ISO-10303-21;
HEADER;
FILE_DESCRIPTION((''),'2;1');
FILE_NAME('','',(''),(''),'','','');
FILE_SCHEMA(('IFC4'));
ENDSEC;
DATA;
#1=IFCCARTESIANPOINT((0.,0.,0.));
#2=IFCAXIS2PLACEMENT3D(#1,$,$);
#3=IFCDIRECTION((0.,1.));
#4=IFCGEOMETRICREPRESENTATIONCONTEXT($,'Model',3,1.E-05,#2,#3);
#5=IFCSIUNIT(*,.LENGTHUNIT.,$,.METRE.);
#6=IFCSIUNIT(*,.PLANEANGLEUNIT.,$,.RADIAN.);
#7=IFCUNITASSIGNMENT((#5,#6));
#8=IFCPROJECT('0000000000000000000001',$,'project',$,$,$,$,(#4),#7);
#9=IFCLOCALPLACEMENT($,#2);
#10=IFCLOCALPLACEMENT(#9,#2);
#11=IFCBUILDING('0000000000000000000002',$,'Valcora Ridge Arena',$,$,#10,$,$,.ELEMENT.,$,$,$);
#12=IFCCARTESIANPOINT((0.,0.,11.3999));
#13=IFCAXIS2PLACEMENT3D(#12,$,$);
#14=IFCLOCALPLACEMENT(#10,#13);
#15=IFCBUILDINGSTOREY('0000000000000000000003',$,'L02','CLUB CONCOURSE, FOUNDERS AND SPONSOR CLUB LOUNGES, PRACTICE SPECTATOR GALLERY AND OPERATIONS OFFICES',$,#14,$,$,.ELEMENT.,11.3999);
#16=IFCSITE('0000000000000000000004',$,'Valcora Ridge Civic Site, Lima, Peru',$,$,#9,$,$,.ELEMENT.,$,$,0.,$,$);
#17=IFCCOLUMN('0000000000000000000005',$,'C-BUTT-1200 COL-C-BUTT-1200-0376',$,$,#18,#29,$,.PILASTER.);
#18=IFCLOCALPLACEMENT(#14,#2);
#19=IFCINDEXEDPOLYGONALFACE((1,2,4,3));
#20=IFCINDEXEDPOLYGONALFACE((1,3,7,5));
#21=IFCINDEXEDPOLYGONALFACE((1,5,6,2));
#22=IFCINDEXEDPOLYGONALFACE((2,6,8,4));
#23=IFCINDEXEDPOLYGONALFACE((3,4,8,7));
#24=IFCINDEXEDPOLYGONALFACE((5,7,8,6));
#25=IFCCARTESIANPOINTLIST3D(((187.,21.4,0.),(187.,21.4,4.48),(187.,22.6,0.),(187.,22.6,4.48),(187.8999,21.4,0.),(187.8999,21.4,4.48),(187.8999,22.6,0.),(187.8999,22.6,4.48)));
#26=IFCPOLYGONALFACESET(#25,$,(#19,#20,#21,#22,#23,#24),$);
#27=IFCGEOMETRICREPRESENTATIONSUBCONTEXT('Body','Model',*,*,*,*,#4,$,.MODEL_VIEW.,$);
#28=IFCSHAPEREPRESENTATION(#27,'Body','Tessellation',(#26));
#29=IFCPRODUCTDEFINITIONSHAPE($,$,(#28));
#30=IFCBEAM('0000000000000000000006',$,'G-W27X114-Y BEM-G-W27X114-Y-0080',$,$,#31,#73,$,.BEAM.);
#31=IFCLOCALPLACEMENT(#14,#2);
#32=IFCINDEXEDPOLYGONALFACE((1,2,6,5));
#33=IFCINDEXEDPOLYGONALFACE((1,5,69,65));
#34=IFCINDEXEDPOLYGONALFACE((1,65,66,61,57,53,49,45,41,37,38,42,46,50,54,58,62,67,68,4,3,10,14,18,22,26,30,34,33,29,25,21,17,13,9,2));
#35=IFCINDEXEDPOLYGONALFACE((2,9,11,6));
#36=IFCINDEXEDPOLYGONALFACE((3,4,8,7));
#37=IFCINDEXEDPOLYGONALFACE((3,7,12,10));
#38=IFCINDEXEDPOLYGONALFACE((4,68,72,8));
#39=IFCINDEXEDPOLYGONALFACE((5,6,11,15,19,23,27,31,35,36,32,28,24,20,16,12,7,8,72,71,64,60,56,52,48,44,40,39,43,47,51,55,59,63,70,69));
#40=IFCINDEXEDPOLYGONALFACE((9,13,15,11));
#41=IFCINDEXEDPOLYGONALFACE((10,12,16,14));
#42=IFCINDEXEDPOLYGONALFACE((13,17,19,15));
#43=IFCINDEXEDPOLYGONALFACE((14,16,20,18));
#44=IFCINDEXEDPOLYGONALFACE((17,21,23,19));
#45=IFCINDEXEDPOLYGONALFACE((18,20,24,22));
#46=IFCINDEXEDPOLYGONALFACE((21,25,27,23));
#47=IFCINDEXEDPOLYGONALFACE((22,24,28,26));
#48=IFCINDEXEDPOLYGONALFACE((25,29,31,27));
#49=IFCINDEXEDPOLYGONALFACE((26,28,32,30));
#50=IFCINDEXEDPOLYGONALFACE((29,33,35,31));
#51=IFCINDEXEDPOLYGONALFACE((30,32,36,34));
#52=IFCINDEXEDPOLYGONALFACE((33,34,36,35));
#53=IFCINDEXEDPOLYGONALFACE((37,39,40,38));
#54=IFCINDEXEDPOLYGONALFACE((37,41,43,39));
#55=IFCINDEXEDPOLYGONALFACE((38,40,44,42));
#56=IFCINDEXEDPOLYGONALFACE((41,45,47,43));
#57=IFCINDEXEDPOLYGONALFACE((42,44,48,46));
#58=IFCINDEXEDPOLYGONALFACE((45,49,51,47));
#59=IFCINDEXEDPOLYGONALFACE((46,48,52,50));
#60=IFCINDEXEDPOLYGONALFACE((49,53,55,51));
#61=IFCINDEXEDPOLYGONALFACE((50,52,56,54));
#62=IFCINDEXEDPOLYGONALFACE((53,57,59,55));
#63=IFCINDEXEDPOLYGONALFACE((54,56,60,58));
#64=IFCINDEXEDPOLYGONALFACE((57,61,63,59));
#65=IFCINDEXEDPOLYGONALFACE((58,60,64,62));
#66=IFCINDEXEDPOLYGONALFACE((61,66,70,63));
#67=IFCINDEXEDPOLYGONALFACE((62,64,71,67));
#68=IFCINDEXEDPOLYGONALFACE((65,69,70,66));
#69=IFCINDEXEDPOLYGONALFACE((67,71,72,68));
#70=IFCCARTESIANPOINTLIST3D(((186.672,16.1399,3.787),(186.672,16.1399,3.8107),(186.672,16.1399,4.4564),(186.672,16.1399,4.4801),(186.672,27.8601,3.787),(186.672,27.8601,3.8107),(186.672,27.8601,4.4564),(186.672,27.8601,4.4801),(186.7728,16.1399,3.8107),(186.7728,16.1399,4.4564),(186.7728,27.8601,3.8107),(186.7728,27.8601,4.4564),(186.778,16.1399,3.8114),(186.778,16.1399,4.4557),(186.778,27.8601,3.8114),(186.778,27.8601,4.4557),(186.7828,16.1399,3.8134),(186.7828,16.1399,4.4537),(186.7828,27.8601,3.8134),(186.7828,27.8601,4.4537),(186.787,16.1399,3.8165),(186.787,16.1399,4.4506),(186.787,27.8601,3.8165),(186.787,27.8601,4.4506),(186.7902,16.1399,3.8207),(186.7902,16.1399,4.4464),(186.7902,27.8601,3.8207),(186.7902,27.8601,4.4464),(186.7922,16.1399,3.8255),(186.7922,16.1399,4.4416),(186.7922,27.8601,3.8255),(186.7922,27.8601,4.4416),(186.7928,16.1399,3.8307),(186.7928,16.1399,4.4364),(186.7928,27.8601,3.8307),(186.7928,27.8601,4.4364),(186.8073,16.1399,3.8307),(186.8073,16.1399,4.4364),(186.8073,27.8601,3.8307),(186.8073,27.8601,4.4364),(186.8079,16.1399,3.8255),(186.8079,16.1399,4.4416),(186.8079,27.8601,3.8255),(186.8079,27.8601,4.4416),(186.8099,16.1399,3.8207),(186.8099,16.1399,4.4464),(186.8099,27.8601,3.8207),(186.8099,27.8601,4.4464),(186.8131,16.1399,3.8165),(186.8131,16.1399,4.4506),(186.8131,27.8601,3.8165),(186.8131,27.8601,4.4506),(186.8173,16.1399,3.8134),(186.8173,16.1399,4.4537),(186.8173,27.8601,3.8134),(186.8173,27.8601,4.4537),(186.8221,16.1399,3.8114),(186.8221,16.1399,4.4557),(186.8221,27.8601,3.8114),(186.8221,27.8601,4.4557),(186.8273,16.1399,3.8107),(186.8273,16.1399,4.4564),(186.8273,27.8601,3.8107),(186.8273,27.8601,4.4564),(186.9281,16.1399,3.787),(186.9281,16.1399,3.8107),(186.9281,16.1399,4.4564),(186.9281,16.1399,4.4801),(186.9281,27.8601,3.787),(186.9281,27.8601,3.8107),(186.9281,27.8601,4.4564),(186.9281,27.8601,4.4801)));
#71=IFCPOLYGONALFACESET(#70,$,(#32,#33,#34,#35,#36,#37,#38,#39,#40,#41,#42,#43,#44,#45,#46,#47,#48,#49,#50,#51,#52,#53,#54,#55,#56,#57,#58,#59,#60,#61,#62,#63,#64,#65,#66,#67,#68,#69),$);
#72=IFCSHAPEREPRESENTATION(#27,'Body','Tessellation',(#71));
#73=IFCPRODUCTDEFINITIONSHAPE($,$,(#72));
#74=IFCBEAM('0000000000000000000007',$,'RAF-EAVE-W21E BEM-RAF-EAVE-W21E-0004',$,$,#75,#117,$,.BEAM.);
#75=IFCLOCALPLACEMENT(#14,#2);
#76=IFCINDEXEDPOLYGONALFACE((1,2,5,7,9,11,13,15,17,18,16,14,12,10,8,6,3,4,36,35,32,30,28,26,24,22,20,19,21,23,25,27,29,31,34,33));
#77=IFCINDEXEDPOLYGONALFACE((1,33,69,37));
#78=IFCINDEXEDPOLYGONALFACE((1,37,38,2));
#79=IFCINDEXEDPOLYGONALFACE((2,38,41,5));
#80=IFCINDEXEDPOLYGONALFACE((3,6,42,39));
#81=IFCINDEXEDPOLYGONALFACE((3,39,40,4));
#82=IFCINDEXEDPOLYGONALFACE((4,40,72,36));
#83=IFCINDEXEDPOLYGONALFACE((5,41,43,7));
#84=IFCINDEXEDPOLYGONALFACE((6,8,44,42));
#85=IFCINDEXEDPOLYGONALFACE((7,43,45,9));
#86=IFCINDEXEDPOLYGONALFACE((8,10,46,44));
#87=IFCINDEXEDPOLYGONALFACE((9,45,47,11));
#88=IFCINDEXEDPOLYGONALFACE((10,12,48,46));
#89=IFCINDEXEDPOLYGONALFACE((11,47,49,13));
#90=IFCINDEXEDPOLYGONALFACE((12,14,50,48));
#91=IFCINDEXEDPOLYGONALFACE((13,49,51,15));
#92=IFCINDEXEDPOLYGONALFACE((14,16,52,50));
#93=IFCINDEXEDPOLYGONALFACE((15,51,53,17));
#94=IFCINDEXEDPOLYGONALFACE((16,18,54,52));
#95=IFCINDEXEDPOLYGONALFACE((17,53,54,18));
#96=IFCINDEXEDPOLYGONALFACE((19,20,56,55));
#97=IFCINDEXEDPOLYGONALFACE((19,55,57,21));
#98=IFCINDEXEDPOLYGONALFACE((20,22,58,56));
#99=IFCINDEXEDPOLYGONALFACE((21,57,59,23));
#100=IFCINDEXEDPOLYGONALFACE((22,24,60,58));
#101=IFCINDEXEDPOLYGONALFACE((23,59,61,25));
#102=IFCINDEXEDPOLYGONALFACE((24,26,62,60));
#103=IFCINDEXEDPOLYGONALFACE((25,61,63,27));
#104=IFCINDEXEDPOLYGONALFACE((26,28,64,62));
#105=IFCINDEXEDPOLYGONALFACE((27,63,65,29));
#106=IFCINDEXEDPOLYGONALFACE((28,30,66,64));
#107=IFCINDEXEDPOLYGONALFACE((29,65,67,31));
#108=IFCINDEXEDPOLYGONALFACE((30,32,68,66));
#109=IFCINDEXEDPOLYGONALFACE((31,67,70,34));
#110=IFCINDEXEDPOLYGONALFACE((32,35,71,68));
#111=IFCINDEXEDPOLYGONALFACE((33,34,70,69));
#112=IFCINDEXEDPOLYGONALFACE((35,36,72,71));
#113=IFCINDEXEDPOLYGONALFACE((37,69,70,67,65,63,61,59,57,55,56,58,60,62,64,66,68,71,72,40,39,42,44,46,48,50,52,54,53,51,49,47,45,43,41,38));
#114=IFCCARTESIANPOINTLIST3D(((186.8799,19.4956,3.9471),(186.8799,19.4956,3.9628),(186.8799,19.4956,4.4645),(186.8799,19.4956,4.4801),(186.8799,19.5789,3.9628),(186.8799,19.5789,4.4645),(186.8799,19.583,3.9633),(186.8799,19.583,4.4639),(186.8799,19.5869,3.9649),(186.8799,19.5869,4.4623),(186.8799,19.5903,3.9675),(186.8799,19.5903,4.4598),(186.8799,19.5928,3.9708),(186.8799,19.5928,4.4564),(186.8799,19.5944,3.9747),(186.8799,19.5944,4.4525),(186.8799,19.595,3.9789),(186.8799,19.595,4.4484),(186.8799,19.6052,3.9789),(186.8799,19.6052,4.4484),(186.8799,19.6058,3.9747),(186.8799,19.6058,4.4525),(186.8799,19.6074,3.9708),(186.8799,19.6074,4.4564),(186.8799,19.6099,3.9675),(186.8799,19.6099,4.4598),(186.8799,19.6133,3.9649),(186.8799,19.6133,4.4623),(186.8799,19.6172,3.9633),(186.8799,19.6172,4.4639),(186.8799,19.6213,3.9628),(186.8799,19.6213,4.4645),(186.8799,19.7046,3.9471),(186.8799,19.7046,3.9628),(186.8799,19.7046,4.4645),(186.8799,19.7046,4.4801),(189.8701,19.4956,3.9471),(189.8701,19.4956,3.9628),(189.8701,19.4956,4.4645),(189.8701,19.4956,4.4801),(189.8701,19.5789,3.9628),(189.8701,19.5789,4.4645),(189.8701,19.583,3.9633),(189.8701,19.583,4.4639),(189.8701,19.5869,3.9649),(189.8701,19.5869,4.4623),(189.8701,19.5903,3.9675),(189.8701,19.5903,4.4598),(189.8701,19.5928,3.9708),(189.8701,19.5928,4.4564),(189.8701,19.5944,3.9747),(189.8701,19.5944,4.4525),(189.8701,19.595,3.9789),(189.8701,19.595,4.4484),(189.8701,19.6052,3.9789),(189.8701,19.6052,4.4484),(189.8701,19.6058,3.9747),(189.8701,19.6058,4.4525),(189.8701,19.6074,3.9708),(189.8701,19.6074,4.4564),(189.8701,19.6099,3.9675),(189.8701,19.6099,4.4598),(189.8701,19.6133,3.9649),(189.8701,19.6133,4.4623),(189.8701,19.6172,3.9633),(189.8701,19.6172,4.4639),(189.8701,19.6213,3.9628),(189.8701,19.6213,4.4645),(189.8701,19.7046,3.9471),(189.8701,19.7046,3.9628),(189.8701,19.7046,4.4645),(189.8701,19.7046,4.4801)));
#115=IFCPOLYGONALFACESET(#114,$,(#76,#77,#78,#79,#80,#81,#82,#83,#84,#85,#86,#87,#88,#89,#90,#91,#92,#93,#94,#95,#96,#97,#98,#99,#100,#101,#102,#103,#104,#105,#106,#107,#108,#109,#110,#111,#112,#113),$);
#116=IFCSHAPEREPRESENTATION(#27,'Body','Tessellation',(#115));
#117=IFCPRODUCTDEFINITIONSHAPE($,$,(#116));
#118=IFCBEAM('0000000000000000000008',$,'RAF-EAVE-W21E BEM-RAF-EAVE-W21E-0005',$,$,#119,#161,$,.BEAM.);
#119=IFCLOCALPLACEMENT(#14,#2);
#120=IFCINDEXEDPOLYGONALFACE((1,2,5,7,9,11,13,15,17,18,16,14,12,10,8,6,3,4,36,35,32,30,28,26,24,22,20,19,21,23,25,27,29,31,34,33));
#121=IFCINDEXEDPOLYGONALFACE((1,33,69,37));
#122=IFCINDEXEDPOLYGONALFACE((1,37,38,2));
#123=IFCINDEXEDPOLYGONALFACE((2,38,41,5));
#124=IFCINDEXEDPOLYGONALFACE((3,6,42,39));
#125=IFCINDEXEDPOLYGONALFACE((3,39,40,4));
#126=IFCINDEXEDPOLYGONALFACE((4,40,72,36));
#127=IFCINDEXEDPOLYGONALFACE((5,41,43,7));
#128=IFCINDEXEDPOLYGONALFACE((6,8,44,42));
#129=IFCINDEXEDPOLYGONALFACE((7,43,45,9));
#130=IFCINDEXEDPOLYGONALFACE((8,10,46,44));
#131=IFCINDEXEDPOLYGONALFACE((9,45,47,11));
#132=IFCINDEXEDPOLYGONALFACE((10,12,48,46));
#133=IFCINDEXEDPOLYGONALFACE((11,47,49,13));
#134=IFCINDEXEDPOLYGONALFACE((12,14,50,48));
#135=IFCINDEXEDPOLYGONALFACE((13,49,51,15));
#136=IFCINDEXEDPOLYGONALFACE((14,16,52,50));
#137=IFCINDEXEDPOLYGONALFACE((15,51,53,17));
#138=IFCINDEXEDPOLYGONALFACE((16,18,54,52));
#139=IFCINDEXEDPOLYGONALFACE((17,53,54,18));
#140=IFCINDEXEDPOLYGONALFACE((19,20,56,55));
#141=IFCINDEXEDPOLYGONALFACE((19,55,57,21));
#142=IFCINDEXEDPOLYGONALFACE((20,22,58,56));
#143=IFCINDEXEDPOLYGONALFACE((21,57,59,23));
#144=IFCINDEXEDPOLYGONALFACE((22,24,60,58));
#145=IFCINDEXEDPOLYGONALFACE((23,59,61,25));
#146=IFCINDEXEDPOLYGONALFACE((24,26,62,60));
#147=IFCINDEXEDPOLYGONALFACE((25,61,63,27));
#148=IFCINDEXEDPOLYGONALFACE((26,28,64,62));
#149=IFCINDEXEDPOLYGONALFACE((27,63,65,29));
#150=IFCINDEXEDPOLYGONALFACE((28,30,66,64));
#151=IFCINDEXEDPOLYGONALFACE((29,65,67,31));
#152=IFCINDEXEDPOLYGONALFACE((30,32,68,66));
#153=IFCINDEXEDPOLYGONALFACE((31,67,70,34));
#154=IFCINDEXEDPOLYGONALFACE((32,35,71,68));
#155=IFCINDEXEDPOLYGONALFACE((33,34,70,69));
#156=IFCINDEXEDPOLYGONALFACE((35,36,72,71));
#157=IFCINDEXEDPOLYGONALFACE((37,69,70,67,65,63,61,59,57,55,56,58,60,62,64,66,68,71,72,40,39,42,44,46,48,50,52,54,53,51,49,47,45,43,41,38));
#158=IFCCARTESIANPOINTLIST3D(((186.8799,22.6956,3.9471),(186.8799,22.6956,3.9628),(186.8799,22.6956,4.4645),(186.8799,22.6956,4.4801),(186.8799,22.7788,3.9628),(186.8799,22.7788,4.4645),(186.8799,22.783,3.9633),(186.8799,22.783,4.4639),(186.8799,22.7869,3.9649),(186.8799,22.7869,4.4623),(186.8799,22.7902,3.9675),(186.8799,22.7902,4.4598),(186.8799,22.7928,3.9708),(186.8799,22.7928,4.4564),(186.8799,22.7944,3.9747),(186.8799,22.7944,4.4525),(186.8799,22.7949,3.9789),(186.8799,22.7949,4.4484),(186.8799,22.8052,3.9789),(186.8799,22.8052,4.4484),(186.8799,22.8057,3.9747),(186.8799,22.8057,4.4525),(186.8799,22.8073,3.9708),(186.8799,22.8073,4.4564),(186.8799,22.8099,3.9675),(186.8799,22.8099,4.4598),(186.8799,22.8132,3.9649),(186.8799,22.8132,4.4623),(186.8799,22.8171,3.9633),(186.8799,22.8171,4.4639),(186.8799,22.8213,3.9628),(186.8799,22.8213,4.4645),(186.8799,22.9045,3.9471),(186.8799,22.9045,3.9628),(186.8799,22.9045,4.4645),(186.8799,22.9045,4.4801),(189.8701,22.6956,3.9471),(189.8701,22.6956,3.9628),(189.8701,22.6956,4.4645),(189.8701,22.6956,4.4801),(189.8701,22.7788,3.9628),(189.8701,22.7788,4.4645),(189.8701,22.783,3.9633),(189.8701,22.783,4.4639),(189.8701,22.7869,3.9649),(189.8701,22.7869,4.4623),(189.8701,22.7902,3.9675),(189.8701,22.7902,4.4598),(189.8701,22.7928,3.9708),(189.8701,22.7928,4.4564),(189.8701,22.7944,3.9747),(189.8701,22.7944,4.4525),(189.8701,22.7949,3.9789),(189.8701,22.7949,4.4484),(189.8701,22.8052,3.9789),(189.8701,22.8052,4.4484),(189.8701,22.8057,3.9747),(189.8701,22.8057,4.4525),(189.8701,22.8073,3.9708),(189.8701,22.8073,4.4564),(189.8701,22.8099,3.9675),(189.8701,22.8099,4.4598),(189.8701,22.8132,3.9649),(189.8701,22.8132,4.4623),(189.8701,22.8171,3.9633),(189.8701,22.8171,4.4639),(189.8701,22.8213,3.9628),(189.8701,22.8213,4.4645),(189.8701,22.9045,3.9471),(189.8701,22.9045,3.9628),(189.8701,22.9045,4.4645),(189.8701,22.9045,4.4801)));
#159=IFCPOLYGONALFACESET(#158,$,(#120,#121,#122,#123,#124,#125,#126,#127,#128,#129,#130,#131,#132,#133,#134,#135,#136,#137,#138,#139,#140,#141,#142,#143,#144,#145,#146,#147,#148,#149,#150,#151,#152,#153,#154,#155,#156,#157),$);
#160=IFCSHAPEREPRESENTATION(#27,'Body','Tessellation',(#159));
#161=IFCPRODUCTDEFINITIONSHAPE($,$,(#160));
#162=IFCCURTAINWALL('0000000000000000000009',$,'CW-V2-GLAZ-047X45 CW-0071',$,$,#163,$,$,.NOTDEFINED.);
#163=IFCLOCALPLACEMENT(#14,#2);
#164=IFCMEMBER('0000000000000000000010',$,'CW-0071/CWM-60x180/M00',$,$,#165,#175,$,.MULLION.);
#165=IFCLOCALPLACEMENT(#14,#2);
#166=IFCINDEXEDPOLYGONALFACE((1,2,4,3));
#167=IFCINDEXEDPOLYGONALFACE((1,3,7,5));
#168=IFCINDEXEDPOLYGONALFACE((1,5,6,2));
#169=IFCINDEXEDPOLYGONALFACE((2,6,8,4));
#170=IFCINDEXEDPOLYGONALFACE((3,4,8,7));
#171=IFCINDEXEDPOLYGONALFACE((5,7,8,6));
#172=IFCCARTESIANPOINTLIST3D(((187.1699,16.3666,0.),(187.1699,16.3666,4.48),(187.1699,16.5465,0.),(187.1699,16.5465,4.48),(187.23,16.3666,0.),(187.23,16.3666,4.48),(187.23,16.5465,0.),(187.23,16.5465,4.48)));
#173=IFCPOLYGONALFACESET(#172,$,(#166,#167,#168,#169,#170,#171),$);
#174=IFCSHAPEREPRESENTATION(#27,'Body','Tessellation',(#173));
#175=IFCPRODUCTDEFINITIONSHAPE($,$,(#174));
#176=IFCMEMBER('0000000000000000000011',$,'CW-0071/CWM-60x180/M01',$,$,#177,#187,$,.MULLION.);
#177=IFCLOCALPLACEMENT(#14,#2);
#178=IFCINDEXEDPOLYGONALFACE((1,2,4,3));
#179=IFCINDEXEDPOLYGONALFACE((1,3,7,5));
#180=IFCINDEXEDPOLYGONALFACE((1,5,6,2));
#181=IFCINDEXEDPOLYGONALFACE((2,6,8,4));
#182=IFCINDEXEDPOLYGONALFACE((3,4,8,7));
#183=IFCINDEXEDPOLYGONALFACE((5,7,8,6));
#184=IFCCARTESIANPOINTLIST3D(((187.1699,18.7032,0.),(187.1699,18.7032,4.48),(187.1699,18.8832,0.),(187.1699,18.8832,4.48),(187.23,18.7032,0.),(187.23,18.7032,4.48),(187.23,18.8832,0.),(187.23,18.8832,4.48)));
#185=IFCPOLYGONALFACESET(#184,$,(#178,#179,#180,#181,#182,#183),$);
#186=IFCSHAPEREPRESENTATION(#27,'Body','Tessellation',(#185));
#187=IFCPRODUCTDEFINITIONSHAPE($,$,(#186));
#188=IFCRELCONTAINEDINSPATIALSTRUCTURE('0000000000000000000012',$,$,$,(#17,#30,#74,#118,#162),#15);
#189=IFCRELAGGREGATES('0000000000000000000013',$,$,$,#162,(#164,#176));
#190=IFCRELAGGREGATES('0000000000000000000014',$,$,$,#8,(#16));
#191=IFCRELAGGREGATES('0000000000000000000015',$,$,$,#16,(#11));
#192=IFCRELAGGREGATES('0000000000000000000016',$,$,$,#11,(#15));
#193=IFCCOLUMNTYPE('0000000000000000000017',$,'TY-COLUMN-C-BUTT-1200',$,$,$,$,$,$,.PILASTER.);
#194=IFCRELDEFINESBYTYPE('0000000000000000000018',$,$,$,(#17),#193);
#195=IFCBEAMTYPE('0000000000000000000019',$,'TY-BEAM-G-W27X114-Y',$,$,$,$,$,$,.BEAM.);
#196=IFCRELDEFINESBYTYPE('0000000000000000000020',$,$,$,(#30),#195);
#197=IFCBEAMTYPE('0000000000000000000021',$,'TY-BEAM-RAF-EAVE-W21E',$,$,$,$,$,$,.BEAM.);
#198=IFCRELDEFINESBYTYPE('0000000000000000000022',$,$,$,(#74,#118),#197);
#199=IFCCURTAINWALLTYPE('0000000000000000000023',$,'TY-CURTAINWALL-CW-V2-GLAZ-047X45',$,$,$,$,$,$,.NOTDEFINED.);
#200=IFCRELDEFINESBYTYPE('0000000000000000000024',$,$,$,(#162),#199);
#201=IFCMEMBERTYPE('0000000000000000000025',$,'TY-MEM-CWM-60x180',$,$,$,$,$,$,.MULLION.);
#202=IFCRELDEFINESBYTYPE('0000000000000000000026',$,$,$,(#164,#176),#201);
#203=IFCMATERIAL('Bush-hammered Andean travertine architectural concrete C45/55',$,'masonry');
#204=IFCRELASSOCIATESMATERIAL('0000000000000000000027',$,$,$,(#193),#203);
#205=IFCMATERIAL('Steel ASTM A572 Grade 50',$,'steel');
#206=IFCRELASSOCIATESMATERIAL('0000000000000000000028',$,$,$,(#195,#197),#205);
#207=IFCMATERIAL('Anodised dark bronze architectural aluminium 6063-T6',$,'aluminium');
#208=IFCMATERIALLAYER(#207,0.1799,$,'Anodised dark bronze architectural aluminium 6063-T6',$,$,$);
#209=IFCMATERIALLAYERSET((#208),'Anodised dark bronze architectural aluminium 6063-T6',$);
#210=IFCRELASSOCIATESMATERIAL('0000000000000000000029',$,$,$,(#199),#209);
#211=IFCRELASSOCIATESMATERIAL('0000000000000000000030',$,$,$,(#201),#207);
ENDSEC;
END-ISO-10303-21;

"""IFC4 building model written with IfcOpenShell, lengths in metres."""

from ifc_helpers import new_model, si_unit, direction, frame, origin, origin_2d, place, context, subcontext, project, spatial, rectangle, i_section, extrude, material, layer, layer_set, material_profile, profile_set, type_object, element, aggregate, save


model = new_model("IFC4")

# Units and contexts
model_context = context("Model", 3, precision=1e-05, world=origin(), true_north=direction((0.0, 1.0)))
body_context = subcontext(model_context, "Body", "Model", "MODEL_VIEW")
ifc_project = project(units=[si_unit("LENGTHUNIT", "METRE"), si_unit("PLANEANGLEUNIT", "RADIAN")], contexts=[model_context])

# Site, building, storey
site_placement = place(None, origin())
site = spatial("IfcSite", under=ifc_project, at=site_placement, Name="Valcora Ridge Civic Site, Lima, Peru", CompositionType="ELEMENT", RefElevation=0.0)
building_placement = place(site_placement, origin())
building = spatial("IfcBuilding", under=site, at=building_placement, Name="Valcora Ridge Arena", CompositionType="ELEMENT")
storey_placement = place(building_placement, frame((0.0, 0.0, 11.3999)))
storey = spatial("IfcBuildingStorey", under=building, at=storey_placement, Name="L02", Description="CLUB CONCOURSE, FOUNDERS AND SPONSOR CLUB LOUNGES, PRACTICE SPECTATOR GALLERY AND OPERATIONS OFFICES", CompositionType="ELEMENT", Elevation=11.3999)

# Column
ifc_material_1 = material(Name="Bush-hammered Andean travertine architectural concrete C45/55", Category="masonry")
ifc_material_profile_1 = material_profile(ifc_material_1, rectangle(XDim=0.8999, YDim=1.2, at=origin_2d()), Name="RC 900x1200")
ifc_profile_set_1 = profile_set([ifc_material_profile_1], Name="Bush-hammered Andean travertine architectural concrete C45/55")
column_type = type_object("IfcColumnType", Name="TY-COLUMN-C-BUTT-1200", PredefinedType="PILASTER", material=ifc_profile_set_1)
column_placement = place(storey_placement, frame((187.45, 22.0, 0.0), z_axis=(0.0, 0.0, 1.0), x_axis=(1.0, 0.0, 0.0)))
element("IfcColumn", 1, at=column_placement, inside=storey, type_object=column_type, Name="C-BUTT-1200 COL-C-BUTT-1200-0376", PredefinedType="PILASTER", context=body_context, shape_type="SweptSolid", body=[
    extrude(rectangle(XDim=0.8999, YDim=1.2, at=origin_2d()), origin(), (0.0, 0.0, 1.0), 4.48),
])

# Beams
ifc_material_2 = material(Name="Steel ASTM A572 Grade 50", Category="steel")
ifc_material_profile_2 = material_profile(ifc_material_2, i_section(OverallWidth=0.2561, OverallDepth=0.6931, WebThickness=0.0144, FlangeThickness=0.0237, FilletRadius=0.02, at=origin_2d()), Name="W27X114")
ifc_profile_set_2 = profile_set([ifc_material_profile_2], Name="Steel ASTM A572 Grade 50")
beam_type_1 = type_object("IfcBeamType", Name="TY-BEAM-G-W27X114-Y", PredefinedType="BEAM", material=ifc_profile_set_2)
beam_placement = place(storey_placement, frame((186.8, 16.1399, 4.1335), z_axis=(0.0, 1.0, 0.0), x_axis=(-1.0, 0.0, 0.0)))
element("IfcBeam", 2, at=beam_placement, inside=storey, type_object=beam_type_1, Name="G-W27X114-Y BEM-G-W27X114-Y-0080", PredefinedType="BEAM", context=body_context, shape_type="SweptSolid", body=[
    extrude(i_section(OverallWidth=0.2561, OverallDepth=0.6931, WebThickness=0.0144, FlangeThickness=0.0237, FilletRadius=0.02, at=origin_2d()), origin(), (0.0, 0.0, 1.0), 11.7202),
])
ifc_material_profile_3 = material_profile(ifc_material_2, i_section(OverallWidth=0.209, OverallDepth=0.533, WebThickness=0.0103, FlangeThickness=0.0156, FilletRadius=0.0161, at=origin_2d()), Name="W21X62")
ifc_profile_set_3 = profile_set([ifc_material_profile_3], Name="Steel ASTM A572 Grade 50")
beam_type_2 = type_object("IfcBeamType", Name="TY-BEAM-RAF-EAVE-W21E", PredefinedType="BEAM", material=ifc_profile_set_3)
for number, where, z_axis, x_axis, name in (
    (3, (186.8799, 19.6001, 4.2136), (1.0, 0.0, 0.0), (0.0, 1.0, 0.0), "RAF-EAVE-W21E BEM-RAF-EAVE-W21E-0004"),
    (4, (186.8799, 22.8, 4.2136), (1.0, 0.0, 0.0), (0.0, 1.0, 0.0), "RAF-EAVE-W21E BEM-RAF-EAVE-W21E-0005"),
):
    element("IfcBeam", number, at=place(storey_placement, frame(where, z_axis=z_axis, x_axis=x_axis)), inside=storey, type_object=beam_type_2, Name=name, PredefinedType="BEAM", context=body_context, shape_type="SweptSolid", body=[
        extrude(i_section(OverallWidth=0.209, OverallDepth=0.533, WebThickness=0.0103, FlangeThickness=0.0156, FilletRadius=0.0161, at=origin_2d()), origin(), (0.0, 0.0, 1.0), 2.9902),
    ])

# Curtain wall, members
ifc_material_3 = material(Name="Anodised dark bronze architectural aluminium 6063-T6", Category="aluminium")
ifc_layer_1 = layer(ifc_material_3, 0.1799, Name="Anodised dark bronze architectural aluminium 6063-T6")
ifc_layer_set_1 = layer_set([ifc_layer_1], Name="Anodised dark bronze architectural aluminium 6063-T6")
curtain_wall_type = type_object("IfcCurtainWallType", Name="TY-CURTAINWALL-CW-V2-GLAZ-047X45", PredefinedType="NOTDEFINED", material=ifc_layer_set_1)
curtain_wall_1_placement = place(storey_placement, origin())
curtain_wall_1 = element("IfcCurtainWall", 5, at=curtain_wall_1_placement, inside=storey, type_object=curtain_wall_type, Name="CW-V2-GLAZ-047X45 CW-0071", PredefinedType="NOTDEFINED")
ifc_material_profile_4 = material_profile(ifc_material_3, rectangle(XDim=0.0601, YDim=0.1799, at=origin_2d()), Name="ALU MULLION 60x180")
ifc_profile_set_4 = profile_set([ifc_material_profile_4], Name="Anodised dark bronze architectural aluminium 6063-T6")
member_type_1 = type_object("IfcMemberType", Name="TY-MEM-CWM-60x180", PredefinedType="MULLION", material=ifc_profile_set_4)
member_1_placement = place(storey_placement, frame((187.2, 16.4565, 0.0), z_axis=(0.0, 0.0, 1.0), x_axis=(-1.0, 0.0, 0.0)))
member_1 = element("IfcMember", 6, at=member_1_placement, type_object=member_type_1, Name="CW-0071/CWM-60x180/M00", PredefinedType="MULLION", context=body_context, shape_type="SweptSolid", body=[
    extrude(rectangle(XDim=0.0601, YDim=0.1799, at=origin_2d()), origin(), (0.0, 0.0, 1.0), 4.48),
])
member_2_placement = place(storey_placement, frame((187.2, 18.7932, 0.0), z_axis=(0.0, 0.0, 1.0), x_axis=(-1.0, 0.0, 0.0)))
member_2 = element("IfcMember", 7, at=member_2_placement, type_object=member_type_1, Name="CW-0071/CWM-60x180/M01", PredefinedType="MULLION", context=body_context, shape_type="SweptSolid", body=[
    extrude(rectangle(XDim=0.0601, YDim=0.1799, at=origin_2d()), origin(), (0.0, 0.0, 1.0), 4.48),
])

aggregate(curtain_wall_1, [member_1, member_2])

save(model, "model.ifc")
